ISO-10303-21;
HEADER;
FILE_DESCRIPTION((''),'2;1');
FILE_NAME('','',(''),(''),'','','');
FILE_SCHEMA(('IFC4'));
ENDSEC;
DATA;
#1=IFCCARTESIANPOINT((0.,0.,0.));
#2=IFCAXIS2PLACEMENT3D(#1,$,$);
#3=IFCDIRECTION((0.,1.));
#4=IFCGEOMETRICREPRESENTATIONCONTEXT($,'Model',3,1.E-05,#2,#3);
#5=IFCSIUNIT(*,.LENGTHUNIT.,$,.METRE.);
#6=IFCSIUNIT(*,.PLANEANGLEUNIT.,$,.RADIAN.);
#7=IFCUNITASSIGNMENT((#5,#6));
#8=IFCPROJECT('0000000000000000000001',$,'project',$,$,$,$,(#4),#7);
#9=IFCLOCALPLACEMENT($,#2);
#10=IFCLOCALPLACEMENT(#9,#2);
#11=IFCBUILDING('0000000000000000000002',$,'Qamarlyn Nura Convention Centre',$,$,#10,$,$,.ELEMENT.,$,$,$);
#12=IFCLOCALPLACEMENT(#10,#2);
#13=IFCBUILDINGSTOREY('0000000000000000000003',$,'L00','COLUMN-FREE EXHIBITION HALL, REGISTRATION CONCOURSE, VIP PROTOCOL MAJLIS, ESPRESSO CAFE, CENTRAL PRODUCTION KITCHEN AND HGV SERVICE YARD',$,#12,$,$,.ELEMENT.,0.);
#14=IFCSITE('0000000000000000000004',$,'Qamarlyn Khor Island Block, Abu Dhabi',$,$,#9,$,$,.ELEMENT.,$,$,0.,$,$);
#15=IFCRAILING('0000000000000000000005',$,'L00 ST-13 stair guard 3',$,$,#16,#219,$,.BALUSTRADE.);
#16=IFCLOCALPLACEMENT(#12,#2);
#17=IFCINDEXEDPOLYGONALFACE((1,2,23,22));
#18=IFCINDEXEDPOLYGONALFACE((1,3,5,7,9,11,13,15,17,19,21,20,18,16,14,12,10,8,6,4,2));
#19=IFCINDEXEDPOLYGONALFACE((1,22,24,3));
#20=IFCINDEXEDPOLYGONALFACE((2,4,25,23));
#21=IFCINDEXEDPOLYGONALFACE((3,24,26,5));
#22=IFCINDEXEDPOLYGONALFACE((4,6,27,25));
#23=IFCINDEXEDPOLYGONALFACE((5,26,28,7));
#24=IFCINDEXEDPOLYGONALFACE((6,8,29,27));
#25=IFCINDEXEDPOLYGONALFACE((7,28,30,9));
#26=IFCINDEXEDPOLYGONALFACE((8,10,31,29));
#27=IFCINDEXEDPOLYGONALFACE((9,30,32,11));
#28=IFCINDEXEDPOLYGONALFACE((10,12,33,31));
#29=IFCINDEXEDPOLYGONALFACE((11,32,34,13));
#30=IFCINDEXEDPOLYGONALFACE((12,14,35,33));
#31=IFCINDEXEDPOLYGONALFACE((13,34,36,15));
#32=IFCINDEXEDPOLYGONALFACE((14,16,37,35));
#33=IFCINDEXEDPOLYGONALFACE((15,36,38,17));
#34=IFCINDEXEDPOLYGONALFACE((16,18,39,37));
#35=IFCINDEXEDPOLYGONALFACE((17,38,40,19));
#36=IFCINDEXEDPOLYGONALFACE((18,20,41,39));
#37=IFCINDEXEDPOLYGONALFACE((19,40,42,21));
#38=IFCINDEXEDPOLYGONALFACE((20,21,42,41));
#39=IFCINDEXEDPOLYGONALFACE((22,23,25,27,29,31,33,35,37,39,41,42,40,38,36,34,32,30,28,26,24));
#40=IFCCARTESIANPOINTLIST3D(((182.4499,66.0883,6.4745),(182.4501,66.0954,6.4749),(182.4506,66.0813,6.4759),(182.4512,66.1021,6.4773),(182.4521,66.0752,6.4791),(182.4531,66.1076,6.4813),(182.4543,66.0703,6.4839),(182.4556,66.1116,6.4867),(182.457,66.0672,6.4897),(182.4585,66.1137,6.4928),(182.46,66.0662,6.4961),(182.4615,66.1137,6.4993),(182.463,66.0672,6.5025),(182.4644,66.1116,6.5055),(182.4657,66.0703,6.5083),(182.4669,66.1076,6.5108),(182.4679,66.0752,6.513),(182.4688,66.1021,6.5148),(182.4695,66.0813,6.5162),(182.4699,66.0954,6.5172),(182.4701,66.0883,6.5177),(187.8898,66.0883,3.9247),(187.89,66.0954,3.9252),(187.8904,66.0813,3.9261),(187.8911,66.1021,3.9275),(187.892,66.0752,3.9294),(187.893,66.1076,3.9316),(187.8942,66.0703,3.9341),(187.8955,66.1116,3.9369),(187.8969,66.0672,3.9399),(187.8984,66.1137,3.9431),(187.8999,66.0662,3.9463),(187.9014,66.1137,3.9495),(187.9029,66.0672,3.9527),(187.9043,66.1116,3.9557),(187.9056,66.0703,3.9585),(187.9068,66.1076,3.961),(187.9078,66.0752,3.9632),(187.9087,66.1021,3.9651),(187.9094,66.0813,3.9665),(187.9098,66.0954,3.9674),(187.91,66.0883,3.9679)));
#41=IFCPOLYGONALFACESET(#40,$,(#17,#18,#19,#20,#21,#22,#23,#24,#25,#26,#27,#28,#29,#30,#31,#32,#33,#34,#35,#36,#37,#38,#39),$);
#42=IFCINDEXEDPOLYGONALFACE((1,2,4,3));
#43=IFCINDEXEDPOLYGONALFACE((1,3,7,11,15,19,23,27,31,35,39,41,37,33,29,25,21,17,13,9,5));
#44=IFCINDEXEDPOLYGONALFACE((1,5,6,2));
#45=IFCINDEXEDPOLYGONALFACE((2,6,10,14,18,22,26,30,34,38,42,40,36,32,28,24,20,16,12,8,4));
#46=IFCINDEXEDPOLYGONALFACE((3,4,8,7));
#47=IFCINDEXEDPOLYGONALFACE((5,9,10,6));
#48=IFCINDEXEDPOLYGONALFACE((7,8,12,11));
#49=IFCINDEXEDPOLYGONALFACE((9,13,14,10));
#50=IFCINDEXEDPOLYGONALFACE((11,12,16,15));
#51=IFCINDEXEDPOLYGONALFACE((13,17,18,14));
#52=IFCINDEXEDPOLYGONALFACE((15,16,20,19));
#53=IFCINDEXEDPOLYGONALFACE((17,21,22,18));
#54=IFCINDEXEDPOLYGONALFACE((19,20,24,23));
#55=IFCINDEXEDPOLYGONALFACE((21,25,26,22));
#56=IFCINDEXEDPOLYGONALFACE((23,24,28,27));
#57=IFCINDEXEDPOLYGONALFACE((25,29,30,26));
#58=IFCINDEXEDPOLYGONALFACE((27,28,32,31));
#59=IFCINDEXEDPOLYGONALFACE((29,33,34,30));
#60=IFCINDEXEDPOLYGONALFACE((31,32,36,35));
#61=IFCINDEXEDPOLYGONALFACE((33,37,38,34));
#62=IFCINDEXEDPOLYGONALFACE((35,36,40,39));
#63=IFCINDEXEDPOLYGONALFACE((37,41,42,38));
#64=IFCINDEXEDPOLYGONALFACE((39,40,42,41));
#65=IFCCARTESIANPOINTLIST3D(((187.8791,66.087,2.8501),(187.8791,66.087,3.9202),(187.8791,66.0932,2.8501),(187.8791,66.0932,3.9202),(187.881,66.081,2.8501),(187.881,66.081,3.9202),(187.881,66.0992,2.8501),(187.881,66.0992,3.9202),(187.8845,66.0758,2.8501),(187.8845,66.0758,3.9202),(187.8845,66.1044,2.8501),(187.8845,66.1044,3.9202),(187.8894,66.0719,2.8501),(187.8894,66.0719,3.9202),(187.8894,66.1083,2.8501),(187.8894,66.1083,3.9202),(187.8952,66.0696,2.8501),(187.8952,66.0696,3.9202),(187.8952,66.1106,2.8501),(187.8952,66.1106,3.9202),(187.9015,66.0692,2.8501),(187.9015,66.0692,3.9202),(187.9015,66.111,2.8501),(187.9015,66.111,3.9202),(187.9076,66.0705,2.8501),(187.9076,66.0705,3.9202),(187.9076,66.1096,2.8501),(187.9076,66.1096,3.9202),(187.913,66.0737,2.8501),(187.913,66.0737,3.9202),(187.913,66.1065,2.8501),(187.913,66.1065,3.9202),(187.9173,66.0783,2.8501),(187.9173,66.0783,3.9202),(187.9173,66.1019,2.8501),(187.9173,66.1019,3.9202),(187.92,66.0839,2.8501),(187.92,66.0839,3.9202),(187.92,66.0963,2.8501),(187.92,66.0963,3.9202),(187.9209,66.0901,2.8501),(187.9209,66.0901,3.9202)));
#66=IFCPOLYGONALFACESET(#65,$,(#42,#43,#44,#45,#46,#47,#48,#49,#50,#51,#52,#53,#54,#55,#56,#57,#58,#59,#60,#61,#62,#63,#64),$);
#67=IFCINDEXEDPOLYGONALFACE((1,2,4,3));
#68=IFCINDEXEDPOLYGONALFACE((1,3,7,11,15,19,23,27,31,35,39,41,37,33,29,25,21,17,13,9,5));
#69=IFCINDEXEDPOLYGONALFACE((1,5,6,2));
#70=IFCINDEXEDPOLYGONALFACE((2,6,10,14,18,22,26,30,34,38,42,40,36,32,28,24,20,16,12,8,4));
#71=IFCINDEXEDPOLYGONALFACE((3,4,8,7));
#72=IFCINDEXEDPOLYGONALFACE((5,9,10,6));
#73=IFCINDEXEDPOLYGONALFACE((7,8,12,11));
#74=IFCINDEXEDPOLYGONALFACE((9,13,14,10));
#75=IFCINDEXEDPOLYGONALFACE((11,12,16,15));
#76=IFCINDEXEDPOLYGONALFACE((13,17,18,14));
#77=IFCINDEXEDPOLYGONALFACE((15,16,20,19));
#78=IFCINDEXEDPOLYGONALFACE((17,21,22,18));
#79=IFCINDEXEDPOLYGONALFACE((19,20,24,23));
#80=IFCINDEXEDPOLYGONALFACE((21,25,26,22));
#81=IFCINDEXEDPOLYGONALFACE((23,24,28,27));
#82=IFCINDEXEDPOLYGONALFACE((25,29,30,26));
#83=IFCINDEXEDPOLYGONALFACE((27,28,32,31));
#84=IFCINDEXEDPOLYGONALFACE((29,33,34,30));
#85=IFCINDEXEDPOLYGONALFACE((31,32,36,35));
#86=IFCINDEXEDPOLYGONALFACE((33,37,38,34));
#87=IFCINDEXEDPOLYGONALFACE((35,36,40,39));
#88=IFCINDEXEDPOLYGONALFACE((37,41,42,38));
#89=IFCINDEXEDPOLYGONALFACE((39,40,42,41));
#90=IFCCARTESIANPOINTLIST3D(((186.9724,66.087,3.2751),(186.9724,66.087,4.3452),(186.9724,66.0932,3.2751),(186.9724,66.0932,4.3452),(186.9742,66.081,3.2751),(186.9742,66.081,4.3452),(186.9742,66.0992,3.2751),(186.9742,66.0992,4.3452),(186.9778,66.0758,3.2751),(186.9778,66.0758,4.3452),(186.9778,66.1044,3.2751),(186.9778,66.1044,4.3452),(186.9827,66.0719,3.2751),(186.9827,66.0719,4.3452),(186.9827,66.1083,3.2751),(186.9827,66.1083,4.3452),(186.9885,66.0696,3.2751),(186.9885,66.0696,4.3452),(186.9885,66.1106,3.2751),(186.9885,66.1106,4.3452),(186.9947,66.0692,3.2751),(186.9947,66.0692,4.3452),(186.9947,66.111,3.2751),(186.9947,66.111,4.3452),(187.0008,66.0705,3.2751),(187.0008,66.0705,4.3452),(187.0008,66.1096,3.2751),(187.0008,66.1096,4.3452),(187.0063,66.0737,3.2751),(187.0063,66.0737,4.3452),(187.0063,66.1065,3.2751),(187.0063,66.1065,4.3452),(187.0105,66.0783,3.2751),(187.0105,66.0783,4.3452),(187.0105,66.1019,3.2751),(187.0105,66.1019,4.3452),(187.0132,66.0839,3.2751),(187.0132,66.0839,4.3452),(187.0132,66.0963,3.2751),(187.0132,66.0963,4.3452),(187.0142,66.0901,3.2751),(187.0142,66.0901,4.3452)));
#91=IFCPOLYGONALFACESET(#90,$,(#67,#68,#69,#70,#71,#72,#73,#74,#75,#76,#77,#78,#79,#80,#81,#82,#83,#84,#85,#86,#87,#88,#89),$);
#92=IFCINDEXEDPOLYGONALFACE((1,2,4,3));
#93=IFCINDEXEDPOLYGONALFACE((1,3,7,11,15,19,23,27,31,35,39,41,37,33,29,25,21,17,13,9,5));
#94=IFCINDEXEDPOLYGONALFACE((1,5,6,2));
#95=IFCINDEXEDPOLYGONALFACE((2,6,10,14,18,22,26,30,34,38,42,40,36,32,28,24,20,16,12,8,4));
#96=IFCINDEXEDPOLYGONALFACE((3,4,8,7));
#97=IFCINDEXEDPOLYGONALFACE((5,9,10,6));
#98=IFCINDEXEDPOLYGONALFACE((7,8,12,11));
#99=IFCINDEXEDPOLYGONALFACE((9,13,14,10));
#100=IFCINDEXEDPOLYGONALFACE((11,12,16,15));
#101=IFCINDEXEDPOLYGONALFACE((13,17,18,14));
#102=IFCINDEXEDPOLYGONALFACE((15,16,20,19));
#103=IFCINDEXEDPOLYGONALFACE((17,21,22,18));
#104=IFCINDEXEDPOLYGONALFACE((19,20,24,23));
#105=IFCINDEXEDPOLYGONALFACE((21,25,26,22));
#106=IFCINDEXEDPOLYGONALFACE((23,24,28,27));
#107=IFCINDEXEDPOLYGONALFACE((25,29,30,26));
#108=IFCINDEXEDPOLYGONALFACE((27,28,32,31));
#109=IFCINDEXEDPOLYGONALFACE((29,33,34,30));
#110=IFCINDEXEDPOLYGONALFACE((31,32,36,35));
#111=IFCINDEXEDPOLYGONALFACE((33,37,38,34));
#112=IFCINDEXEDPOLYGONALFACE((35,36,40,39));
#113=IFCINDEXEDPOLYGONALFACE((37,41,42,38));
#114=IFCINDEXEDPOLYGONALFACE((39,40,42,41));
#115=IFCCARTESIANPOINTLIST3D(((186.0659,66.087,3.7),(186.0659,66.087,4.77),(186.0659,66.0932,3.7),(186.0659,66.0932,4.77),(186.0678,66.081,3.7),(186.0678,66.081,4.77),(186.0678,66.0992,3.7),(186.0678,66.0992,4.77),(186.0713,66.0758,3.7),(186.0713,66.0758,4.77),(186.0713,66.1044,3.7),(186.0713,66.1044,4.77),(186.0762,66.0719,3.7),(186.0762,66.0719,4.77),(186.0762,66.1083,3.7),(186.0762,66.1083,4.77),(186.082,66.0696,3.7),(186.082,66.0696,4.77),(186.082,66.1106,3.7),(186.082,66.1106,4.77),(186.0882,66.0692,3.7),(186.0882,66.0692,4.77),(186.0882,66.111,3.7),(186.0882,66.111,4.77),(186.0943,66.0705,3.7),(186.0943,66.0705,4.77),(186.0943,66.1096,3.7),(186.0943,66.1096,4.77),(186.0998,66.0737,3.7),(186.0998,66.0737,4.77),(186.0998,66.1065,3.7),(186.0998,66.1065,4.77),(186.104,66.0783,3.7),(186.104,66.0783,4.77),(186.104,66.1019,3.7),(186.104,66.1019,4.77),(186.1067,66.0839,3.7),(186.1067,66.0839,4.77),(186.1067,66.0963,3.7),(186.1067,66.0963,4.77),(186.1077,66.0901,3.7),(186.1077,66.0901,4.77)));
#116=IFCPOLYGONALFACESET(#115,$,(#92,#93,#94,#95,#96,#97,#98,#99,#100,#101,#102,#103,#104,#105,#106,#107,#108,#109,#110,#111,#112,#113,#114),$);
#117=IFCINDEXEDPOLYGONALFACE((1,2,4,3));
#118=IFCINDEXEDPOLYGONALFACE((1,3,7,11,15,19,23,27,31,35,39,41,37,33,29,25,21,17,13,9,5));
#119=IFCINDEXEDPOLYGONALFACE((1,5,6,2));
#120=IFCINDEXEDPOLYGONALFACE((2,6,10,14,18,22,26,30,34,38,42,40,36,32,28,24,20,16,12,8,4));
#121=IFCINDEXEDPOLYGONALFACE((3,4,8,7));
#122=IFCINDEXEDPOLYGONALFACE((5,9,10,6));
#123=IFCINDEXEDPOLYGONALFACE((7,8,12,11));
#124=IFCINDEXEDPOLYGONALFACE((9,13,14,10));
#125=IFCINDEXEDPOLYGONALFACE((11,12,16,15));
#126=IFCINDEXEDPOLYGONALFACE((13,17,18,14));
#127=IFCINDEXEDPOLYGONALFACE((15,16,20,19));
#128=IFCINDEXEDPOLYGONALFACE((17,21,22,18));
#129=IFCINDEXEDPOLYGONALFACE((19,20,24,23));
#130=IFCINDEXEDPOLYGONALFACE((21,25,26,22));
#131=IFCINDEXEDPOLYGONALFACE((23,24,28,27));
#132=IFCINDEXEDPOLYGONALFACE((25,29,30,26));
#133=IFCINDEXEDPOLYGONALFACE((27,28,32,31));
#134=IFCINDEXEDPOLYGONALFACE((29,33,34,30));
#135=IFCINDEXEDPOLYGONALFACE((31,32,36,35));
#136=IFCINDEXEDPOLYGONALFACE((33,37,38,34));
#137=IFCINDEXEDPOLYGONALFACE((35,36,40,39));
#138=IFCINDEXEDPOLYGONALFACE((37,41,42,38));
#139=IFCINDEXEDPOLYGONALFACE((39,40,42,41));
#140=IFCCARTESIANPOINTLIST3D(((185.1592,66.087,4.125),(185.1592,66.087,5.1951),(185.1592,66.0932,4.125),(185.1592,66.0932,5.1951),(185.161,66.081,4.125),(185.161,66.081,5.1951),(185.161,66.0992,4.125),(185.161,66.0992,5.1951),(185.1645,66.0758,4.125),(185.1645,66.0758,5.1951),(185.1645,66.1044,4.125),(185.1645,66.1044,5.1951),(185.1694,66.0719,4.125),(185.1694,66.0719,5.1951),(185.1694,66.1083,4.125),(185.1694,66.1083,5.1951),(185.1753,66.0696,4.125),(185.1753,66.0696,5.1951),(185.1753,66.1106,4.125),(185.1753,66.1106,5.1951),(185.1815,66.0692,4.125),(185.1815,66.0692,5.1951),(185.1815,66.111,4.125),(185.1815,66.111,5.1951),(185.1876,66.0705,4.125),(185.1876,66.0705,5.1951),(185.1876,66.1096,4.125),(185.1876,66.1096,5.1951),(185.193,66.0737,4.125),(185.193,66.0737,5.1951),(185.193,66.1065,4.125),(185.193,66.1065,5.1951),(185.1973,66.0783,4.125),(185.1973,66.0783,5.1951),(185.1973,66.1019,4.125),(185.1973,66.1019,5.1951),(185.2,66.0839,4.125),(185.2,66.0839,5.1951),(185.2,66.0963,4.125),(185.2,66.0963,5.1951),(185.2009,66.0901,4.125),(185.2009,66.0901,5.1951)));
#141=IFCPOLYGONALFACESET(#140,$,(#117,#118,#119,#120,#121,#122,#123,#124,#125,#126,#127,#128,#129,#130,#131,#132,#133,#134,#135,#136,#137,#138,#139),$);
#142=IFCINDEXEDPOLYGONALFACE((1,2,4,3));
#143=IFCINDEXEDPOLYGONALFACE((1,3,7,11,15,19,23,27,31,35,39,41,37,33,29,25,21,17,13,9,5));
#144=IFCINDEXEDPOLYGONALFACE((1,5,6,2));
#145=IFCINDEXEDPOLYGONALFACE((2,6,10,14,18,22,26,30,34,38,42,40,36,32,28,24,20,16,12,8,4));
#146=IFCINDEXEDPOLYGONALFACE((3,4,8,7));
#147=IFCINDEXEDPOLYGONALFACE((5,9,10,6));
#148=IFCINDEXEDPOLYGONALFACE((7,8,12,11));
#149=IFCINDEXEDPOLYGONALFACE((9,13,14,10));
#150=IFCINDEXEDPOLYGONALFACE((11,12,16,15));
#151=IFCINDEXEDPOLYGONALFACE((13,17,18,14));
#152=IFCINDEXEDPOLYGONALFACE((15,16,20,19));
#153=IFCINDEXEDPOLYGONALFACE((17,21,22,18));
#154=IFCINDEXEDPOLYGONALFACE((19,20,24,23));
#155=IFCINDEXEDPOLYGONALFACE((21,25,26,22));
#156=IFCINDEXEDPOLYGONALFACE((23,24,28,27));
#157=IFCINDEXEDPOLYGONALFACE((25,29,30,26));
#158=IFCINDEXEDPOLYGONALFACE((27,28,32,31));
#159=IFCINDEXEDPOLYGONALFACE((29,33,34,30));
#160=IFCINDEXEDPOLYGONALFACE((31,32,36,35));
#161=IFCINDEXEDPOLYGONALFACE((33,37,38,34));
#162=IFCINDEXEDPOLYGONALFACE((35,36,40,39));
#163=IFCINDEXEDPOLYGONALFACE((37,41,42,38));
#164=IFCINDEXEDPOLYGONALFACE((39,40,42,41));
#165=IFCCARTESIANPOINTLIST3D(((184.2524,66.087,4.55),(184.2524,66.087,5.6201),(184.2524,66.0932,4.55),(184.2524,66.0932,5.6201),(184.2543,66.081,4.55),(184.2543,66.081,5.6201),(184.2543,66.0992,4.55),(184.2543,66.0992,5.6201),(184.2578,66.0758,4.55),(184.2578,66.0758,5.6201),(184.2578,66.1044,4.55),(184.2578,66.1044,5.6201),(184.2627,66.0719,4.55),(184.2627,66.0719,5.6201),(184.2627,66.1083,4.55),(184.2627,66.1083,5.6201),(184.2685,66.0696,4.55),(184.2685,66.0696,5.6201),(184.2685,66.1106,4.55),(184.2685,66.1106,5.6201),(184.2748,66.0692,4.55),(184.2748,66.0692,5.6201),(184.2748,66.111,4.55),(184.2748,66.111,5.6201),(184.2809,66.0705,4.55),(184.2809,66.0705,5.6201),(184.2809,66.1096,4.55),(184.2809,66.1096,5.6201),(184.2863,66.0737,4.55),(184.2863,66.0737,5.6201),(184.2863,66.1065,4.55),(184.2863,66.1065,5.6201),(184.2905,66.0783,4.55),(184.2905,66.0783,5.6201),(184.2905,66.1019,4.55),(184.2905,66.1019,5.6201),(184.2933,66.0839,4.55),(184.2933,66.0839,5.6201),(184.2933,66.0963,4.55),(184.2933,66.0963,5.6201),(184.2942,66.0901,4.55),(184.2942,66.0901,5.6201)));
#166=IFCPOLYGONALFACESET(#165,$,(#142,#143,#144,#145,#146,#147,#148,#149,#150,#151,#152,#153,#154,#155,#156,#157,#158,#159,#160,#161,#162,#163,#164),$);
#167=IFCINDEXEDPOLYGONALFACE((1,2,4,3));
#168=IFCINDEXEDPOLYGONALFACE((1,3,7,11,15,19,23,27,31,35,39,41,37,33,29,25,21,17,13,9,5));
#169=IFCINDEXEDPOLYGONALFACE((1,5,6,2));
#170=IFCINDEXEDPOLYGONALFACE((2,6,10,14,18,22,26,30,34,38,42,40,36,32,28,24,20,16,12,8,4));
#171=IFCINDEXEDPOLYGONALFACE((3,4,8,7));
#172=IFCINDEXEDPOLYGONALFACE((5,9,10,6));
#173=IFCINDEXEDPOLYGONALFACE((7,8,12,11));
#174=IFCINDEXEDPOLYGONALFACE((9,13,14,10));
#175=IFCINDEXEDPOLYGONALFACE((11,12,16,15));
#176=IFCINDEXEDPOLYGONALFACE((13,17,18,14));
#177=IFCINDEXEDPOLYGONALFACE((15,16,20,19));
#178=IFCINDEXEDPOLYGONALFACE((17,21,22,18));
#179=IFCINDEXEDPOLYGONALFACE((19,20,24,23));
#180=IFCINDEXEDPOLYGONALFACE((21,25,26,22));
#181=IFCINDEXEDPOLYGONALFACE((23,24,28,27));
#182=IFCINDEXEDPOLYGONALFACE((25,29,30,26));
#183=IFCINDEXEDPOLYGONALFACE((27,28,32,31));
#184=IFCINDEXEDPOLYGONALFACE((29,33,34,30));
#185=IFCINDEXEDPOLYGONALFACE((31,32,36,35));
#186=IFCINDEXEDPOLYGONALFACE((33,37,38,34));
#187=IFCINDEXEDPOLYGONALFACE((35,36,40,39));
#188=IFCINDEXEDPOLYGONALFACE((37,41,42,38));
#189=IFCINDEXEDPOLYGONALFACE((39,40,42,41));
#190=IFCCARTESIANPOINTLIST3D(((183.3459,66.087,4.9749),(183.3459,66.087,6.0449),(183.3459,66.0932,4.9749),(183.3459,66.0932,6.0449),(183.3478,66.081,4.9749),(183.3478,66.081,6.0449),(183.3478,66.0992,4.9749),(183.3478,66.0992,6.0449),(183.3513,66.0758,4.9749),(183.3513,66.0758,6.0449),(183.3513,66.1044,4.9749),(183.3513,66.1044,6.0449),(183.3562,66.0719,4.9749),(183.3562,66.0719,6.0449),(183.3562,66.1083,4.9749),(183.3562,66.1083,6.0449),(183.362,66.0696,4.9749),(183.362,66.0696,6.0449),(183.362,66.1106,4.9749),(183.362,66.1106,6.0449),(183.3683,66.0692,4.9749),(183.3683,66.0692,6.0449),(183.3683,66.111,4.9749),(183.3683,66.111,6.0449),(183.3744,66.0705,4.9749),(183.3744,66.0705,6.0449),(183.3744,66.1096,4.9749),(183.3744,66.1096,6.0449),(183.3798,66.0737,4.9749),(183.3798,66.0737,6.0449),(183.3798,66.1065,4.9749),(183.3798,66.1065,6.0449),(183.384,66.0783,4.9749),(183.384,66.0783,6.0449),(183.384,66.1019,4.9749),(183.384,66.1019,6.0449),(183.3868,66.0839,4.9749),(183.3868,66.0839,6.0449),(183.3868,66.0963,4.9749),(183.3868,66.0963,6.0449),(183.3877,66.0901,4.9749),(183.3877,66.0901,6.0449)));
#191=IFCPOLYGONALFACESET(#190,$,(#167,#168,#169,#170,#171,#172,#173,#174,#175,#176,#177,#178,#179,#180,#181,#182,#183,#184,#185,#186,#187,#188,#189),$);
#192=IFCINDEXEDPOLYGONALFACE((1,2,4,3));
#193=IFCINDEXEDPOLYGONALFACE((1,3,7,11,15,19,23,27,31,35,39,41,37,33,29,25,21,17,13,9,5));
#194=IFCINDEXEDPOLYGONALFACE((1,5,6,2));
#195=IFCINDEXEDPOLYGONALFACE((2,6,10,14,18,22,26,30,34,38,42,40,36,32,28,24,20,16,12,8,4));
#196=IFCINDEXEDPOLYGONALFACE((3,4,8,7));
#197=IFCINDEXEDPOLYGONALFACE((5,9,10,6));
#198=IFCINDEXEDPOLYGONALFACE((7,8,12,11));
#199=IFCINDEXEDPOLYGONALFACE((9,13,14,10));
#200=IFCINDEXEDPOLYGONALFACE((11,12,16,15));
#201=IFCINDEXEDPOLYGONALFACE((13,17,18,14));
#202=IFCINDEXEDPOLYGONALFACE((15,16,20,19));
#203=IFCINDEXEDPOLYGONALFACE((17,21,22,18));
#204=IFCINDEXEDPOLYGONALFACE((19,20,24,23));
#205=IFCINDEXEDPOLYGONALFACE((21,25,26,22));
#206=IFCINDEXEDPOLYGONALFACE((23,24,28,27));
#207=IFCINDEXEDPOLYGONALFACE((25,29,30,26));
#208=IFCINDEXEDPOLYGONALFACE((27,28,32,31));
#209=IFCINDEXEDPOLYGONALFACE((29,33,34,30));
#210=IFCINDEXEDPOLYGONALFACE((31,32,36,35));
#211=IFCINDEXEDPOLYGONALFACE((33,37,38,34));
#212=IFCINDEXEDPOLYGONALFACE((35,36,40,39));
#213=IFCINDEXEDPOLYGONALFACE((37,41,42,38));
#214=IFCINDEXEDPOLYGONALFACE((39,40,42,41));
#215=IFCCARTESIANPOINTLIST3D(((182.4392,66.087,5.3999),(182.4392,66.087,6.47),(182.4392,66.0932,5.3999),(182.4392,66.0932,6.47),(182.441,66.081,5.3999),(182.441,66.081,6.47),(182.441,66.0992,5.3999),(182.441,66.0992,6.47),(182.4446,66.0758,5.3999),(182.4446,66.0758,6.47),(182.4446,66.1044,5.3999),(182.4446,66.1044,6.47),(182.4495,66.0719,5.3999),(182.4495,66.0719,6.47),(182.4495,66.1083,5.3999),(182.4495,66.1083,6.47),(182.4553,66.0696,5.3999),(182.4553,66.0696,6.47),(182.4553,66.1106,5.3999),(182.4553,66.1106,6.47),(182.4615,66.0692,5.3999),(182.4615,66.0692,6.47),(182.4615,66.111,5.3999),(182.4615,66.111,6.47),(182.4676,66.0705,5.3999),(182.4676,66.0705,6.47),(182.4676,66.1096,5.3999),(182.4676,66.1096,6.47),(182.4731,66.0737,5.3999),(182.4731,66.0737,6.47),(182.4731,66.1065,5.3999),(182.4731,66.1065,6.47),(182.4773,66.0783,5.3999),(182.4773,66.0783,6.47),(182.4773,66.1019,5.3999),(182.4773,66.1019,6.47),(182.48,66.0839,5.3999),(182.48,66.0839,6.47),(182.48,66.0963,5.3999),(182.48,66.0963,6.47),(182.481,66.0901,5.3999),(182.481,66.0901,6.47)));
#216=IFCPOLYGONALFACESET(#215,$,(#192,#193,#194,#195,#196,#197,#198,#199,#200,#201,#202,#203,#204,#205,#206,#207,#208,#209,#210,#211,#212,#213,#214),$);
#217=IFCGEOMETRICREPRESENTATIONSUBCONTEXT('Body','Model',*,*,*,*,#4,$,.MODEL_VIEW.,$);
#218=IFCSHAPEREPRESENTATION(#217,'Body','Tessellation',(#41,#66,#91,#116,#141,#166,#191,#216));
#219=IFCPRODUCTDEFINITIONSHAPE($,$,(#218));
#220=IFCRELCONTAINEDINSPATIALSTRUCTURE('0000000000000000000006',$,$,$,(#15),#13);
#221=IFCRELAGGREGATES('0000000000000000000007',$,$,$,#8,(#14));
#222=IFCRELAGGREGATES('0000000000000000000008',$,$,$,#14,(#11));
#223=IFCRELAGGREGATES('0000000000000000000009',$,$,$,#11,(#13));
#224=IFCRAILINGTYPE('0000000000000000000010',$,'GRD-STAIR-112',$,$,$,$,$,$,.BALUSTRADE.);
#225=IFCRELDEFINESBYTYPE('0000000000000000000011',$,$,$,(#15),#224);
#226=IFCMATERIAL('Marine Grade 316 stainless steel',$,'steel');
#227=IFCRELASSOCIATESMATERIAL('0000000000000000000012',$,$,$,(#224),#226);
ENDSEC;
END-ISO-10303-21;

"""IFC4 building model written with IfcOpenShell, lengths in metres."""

from ifc_helpers import new_model, si_unit, direction, frame, origin, origin_2d, place, context, subcontext, project, spatial, circle, extrude, material, type_object, element, save


model = new_model("IFC4")

# Units and contexts
model_context = context("Model", 3, precision=1e-05, world=origin(), true_north=direction((0.0, 1.0)))
body_context = subcontext(model_context, "Body", "Model", "MODEL_VIEW")
ifc_project = project(units=[si_unit("LENGTHUNIT", "METRE"), si_unit("PLANEANGLEUNIT", "RADIAN")], contexts=[model_context])

# Site, building, storey
site_placement = place(None, origin())
site = spatial("IfcSite", under=ifc_project, at=site_placement, Name="Qamarlyn Khor Island Block, Abu Dhabi", CompositionType="ELEMENT", RefElevation=0.0)
building_placement = place(site_placement, origin())
building = spatial("IfcBuilding", under=site, at=building_placement, Name="Qamarlyn Nura Convention Centre", CompositionType="ELEMENT")
storey_placement = place(building_placement, origin())
storey = spatial("IfcBuildingStorey", under=building, at=storey_placement, Name="L00", Description="COLUMN-FREE EXHIBITION HALL, REGISTRATION CONCOURSE, VIP PROTOCOL MAJLIS, ESPRESSO CAFE, CENTRAL PRODUCTION KITCHEN AND HGV SERVICE YARD", CompositionType="ELEMENT", Elevation=0.0)

# Shared definitions
ifc_material_1 = material(Name="Marine Grade 316 stainless steel", Category="steel")

# Railing
railing_type_1 = type_object("IfcRailingType", Name="GRD-STAIR-112", PredefinedType="BALUSTRADE", material=ifc_material_1)
railing_1_placement = place(storey_placement, frame((187.8999, 66.0901, 2.8501)))
element("IfcRailing", 1, at=railing_1_placement, inside=storey, type_object=railing_type_1, Name="L00 ST-13 stair guard 3", PredefinedType="BALUSTRADE", context=body_context, shape_type="SweptSolid", body=[
    extrude(circle(Radius=0.0239, at=origin_2d()), frame((0.0, 0.0, 1.0962), z_axis=(-0.90547, 0.0, 0.424411), x_axis=(0.0, -1.0, 0.0)), (0.0, 0.0, 1.0), 6.0078),
    extrude(circle(Radius=0.021, at=origin_2d()), origin(), (0.0, 0.0, 1.0), 1.0701),
    extrude(circle(Radius=0.021, at=origin_2d()), frame((-0.9067, 0.0, 0.425)), (0.0, 0.0, 1.0), 1.0701),
    extrude(circle(Radius=0.021, at=origin_2d()), frame((-1.8132, 0.0, 0.8499)), (0.0, 0.0, 1.0), 1.0701),
    extrude(circle(Radius=0.021, at=origin_2d()), frame((-2.72, 0.0, 1.2749)), (0.0, 0.0, 1.0), 1.0701),
    extrude(circle(Radius=0.021, at=origin_2d()), frame((-3.6267, 0.0, 1.7)), (0.0, 0.0, 1.0), 1.0701),
    extrude(circle(Radius=0.021, at=origin_2d()), frame((-4.5332, 0.0, 2.1248)), (0.0, 0.0, 1.0), 1.0701),
    extrude(circle(Radius=0.021, at=origin_2d()), frame((-5.4399, 0.0, 2.5498)), (0.0, 0.0, 1.0), 1.0701),
])

save(model, "model.ifc")
